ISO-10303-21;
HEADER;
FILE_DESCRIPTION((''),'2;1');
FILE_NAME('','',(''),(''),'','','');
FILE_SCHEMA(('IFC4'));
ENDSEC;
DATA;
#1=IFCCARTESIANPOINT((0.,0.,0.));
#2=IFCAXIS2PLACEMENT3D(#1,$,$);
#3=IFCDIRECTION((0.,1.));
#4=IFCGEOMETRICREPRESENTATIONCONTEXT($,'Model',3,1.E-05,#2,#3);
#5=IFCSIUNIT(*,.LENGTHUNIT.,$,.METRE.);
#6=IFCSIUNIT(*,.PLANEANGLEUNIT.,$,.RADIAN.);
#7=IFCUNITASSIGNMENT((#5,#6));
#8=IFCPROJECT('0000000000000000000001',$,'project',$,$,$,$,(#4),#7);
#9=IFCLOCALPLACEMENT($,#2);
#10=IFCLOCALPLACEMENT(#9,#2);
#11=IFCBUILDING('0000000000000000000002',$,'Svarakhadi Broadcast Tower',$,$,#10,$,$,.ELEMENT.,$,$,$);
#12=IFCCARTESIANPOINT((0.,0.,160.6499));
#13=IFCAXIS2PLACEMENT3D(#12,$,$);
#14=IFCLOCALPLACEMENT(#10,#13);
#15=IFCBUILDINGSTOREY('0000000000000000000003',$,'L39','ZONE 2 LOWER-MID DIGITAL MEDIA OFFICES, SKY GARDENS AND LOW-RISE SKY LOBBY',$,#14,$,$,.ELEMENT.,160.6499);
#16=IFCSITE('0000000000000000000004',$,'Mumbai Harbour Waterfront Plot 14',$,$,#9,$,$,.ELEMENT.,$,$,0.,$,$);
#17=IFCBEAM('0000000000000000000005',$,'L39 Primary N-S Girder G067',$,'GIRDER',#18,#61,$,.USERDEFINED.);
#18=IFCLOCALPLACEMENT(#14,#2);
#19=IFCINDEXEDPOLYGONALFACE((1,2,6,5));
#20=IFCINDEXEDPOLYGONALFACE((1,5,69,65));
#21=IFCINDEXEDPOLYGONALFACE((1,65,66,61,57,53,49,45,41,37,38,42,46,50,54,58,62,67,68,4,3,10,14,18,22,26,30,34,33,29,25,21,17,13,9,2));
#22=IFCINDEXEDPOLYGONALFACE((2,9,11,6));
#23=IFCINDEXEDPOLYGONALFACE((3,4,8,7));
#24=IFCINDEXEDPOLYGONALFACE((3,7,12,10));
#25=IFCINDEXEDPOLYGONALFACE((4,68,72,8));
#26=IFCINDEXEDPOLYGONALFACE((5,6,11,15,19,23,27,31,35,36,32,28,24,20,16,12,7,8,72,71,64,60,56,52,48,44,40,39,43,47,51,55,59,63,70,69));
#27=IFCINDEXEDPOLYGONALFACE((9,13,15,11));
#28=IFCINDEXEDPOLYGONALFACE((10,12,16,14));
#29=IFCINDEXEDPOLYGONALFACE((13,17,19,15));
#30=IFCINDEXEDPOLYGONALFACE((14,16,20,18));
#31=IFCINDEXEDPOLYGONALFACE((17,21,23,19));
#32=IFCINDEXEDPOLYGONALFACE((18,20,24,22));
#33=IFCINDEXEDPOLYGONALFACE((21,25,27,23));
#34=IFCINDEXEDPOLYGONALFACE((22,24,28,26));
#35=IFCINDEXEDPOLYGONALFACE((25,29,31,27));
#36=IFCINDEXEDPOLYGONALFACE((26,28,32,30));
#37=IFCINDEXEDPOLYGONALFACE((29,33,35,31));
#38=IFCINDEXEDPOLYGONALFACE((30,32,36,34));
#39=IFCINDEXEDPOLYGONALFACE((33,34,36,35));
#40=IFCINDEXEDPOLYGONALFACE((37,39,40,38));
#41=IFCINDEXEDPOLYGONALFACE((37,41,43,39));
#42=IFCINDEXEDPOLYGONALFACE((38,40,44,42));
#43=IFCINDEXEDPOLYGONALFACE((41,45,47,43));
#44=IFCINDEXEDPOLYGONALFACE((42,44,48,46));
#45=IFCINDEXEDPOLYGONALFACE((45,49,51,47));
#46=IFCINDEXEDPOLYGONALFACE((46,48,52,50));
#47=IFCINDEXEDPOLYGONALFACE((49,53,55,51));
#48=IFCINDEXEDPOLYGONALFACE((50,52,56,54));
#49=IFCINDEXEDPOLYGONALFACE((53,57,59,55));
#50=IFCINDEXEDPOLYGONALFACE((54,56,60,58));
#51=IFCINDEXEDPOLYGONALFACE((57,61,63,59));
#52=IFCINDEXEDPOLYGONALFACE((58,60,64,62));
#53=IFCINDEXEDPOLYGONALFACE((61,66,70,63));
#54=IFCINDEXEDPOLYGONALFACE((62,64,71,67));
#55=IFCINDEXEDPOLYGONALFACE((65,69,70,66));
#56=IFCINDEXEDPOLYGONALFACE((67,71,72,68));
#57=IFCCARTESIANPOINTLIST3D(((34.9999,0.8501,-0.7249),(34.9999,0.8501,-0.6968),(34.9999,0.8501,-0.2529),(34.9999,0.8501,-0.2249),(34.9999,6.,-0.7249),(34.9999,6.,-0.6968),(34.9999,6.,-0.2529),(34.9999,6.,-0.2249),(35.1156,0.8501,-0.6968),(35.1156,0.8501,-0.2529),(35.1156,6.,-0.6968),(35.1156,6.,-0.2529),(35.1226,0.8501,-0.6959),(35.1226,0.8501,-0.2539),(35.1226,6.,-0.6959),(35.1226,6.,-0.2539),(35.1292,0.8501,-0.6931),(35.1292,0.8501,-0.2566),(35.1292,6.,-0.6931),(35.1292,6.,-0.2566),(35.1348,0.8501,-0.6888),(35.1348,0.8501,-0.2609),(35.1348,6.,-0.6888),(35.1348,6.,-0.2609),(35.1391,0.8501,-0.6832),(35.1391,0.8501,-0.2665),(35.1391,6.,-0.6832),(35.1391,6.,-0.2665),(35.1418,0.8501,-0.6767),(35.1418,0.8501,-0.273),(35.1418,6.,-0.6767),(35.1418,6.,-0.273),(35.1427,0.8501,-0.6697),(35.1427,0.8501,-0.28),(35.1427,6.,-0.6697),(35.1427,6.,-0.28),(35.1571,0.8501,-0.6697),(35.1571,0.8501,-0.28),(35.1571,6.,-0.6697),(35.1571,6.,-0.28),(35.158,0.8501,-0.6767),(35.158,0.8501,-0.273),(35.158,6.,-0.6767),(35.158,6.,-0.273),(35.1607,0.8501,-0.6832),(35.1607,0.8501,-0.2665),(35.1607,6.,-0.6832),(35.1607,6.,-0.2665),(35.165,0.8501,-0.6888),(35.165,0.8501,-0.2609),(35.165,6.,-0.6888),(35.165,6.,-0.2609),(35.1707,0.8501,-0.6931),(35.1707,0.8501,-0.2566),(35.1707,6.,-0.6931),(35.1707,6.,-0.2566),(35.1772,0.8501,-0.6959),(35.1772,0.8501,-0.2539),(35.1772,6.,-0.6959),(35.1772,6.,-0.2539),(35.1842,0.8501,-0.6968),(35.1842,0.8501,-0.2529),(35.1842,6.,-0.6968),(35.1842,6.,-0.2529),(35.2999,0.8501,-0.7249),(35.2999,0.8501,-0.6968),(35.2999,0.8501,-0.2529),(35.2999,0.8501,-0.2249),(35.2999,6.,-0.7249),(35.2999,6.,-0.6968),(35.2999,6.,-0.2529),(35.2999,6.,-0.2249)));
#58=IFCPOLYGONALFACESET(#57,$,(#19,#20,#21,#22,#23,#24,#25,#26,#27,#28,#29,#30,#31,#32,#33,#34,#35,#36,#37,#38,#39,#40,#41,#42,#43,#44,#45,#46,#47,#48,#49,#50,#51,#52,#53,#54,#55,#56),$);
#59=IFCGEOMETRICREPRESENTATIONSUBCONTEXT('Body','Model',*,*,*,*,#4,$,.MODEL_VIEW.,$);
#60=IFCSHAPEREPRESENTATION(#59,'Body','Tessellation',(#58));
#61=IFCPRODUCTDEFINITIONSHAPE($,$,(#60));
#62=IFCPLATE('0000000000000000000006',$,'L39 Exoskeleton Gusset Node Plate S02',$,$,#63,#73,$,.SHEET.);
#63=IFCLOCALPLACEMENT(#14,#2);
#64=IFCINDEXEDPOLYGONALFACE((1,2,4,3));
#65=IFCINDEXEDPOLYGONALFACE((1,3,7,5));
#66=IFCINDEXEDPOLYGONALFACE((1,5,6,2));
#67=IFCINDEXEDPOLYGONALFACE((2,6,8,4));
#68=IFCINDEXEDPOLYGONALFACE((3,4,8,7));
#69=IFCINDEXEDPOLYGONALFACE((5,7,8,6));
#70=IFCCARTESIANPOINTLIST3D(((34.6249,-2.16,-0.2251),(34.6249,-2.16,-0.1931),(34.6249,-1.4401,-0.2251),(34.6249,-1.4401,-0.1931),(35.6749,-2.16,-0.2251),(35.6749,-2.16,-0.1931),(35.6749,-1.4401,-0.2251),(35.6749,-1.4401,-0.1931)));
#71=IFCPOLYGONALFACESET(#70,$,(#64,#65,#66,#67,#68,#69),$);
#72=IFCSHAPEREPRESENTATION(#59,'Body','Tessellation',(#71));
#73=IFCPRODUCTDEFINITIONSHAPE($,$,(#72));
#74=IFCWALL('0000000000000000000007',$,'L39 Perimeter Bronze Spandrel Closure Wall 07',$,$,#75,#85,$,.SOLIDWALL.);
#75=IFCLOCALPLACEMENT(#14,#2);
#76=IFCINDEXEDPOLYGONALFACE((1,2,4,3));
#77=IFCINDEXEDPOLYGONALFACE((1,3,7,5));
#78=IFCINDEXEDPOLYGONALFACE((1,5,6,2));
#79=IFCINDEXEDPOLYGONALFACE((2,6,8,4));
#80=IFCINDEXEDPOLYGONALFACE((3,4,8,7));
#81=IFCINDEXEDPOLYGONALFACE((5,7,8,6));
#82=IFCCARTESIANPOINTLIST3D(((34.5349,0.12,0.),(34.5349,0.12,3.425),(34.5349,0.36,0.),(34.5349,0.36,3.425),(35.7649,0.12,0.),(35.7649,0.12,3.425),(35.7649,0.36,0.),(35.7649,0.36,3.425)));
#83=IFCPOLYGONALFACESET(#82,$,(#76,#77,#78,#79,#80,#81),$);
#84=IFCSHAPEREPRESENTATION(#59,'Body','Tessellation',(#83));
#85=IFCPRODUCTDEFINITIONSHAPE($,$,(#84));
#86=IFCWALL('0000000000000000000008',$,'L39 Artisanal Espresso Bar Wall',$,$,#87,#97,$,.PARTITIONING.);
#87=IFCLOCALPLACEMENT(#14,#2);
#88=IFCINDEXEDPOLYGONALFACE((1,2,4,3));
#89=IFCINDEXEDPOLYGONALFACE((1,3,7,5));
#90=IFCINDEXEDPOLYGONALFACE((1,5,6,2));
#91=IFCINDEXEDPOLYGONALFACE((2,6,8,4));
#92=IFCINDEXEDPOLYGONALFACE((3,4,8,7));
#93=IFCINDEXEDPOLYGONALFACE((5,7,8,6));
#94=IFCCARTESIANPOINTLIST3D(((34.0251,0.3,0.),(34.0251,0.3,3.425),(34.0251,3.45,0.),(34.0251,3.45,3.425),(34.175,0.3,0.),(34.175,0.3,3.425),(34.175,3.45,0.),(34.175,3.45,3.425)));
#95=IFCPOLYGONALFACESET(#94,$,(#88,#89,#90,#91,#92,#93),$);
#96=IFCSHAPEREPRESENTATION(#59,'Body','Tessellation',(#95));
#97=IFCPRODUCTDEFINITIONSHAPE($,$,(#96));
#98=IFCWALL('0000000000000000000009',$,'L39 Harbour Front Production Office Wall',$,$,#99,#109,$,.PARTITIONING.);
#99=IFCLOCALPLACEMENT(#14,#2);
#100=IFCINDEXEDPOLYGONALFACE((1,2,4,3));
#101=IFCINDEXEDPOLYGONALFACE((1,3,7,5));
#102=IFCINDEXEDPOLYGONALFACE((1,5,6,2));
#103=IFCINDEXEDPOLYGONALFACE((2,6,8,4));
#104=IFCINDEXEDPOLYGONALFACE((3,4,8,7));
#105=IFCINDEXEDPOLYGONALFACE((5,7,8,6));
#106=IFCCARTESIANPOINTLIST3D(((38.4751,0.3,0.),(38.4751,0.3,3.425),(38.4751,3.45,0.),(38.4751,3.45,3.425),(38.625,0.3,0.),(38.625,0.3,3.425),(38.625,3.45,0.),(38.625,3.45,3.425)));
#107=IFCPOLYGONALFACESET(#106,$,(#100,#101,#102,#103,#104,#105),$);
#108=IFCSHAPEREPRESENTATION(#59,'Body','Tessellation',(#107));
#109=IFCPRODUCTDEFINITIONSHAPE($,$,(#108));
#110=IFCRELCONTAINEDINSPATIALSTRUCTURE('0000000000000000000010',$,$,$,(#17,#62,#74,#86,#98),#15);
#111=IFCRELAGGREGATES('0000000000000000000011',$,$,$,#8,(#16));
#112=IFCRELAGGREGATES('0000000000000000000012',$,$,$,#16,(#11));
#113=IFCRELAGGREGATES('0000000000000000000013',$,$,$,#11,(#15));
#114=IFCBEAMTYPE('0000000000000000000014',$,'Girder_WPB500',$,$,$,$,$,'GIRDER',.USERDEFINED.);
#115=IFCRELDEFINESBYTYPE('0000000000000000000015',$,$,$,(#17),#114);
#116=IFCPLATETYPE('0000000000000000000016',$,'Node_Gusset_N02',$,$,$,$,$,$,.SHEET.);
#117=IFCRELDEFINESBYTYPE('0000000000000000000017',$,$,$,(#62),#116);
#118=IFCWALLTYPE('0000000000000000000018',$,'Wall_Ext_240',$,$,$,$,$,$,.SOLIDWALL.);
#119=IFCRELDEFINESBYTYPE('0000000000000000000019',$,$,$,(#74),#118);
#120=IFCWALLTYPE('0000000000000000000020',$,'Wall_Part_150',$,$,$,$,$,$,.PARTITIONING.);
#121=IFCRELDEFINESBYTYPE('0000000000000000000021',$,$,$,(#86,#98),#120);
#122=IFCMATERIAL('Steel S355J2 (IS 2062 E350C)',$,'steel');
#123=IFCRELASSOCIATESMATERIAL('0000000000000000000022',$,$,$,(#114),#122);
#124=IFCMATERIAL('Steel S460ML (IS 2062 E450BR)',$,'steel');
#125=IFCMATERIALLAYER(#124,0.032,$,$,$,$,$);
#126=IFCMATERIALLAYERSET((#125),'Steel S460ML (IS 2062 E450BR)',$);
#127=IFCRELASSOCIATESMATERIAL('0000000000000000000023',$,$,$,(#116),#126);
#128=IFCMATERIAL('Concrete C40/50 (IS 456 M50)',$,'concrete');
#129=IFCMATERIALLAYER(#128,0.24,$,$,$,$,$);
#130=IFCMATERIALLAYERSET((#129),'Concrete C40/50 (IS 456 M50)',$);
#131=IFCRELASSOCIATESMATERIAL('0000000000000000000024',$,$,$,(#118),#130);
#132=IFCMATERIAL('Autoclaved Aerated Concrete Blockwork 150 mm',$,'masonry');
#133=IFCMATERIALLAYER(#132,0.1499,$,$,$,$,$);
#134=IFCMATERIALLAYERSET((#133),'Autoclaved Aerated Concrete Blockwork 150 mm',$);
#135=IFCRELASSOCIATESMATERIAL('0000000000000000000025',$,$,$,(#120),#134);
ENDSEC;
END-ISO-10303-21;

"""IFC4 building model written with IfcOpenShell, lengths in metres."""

from ifc_helpers import new_model, si_unit, direction, frame, frame_2d, origin, origin_2d, place, context, subcontext, project, spatial, rectangle, i_section, extrude, material, layer, layer_set, material_profile, profile_set, type_object, element, save


model = new_model("IFC4")

# Units and contexts
model_context = context("Model", 3, precision=1e-05, world=origin(), true_north=direction((0.0, 1.0)))
body_context = subcontext(model_context, "Body", "Model", "MODEL_VIEW")
ifc_project = project(units=[si_unit("LENGTHUNIT", "METRE"), si_unit("PLANEANGLEUNIT", "RADIAN")], contexts=[model_context])

# Site, building, storey
site_placement = place(None, origin())
site = spatial("IfcSite", under=ifc_project, at=site_placement, Name="Mumbai Harbour Waterfront Plot 14", CompositionType="ELEMENT", RefElevation=0.0)
building_placement = place(site_placement, origin())
building = spatial("IfcBuilding", under=site, at=building_placement, Name="Svarakhadi Broadcast Tower", CompositionType="ELEMENT")
storey_placement = place(building_placement, frame((0.0, 0.0, 160.6499)))
storey = spatial("IfcBuildingStorey", under=building, at=storey_placement, Name="L39", Description="ZONE 2 LOWER-MID DIGITAL MEDIA OFFICES, SKY GARDENS AND LOW-RISE SKY LOBBY", CompositionType="ELEMENT", Elevation=160.6499)

# Shared definitions
ifc_material_1 = material(Name="Steel S460ML (IS 2062 E450BR)", Category="steel")

# Beam
ifc_material_2 = material(Name="Steel S355J2 (IS 2062 E350C)", Category="steel")
ifc_material_profile_1 = material_profile(ifc_material_2, i_section(OverallWidth=0.3, OverallDepth=0.5, WebThickness=0.0144, FlangeThickness=0.0281, FilletRadius=0.0271, at=origin_2d()), Name="WPB 500x300x187")
ifc_profile_set_1 = profile_set([ifc_material_profile_1], Name="Steel S355J2 (IS 2062 E350C)")
beam_type = type_object("IfcBeamType", Name="Girder_WPB500", ElementType="GIRDER", PredefinedType="USERDEFINED", material=ifc_profile_set_1)
beam_1_placement = place(storey_placement, frame((35.1499, 0.8501, -0.4749), z_axis=(0.0, 1.0, 0.0), x_axis=(-1.0, 0.0, 0.0)))
element("IfcBeam", 1, at=beam_1_placement, inside=storey, type_object=beam_type, Name="L39 Primary N-S Girder G067", ObjectType="GIRDER", PredefinedType="USERDEFINED", context=body_context, shape_type="SweptSolid", body=[
    extrude(i_section(OverallWidth=0.3, OverallDepth=0.5, WebThickness=0.0144, FlangeThickness=0.0281, FilletRadius=0.0271, at=origin_2d()), origin(), (0.0, 0.0, 1.0), 5.1499),
])

# Plate
ifc_layer_1 = layer(ifc_material_1, 0.032)
ifc_layer_set_1 = layer_set([ifc_layer_1], Name="Steel S460ML (IS 2062 E450BR)")
plate_type = type_object("IfcPlateType", Name="Node_Gusset_N02", PredefinedType="SHEET", material=ifc_layer_set_1)
plate_placement = place(storey_placement, frame((35.1499, -1.8, -0.2251), z_axis=(0.0, 0.0, 1.0), x_axis=(1.0, 0.0, 0.0)))
element("IfcPlate", 2, at=plate_placement, inside=storey, type_object=plate_type, Name="L39 Exoskeleton Gusset Node Plate S02", PredefinedType="SHEET", context=body_context, shape_type="SweptSolid", body=[
    extrude(rectangle(XDim=1.05, YDim=0.72, at=origin_2d()), origin(), (0.0, 0.0, 1.0), 0.032),
])

# Walls
ifc_material_3 = material(Name="Concrete C40/50 (IS 456 M50)", Category="concrete")
ifc_layer_2 = layer(ifc_material_3, 0.24)
ifc_layer_set_2 = layer_set([ifc_layer_2], Name="Concrete C40/50 (IS 456 M50)")
wall_type_1 = type_object("IfcWallType", Name="Wall_Ext_240", PredefinedType="SOLIDWALL", material=ifc_layer_set_2)
wall_placement = place(storey_placement, frame((35.7649, 0.24, 0.0), z_axis=(0.0, 0.0, 1.0), x_axis=(-1.0, 0.0, 0.0)))
element("IfcWall", 3, at=wall_placement, inside=storey, type_object=wall_type_1, Name="L39 Perimeter Bronze Spandrel Closure Wall 07", PredefinedType="SOLIDWALL", context=body_context, shape_type="SweptSolid", body=[
    extrude(rectangle(XDim=1.23, YDim=0.24, at=frame_2d((0.615, 0.0))), origin(), (0.0, 0.0, 1.0), 3.425),
])
ifc_material_4 = material(Name="Autoclaved Aerated Concrete Blockwork 150 mm", Category="masonry")
ifc_layer_3 = layer(ifc_material_4, 0.1499)
ifc_layer_set_3 = layer_set([ifc_layer_3], Name="Autoclaved Aerated Concrete Blockwork 150 mm")
wall_type_2 = type_object("IfcWallType", Name="Wall_Part_150", PredefinedType="PARTITIONING", material=ifc_layer_set_3)
for number, where, z_axis, x_axis, name in (
    (4, (34.1001, 0.3, 0.0), (0.0, 0.0, 1.0), (0.0, 1.0, 0.0), "L39 Artisanal Espresso Bar Wall"),
    (5, (38.55, 0.3, 0.0), (0.0, 0.0, 1.0), (0.0, 1.0, 0.0), "L39 Harbour Front Production Office Wall"),
):
    element("IfcWall", number, at=place(storey_placement, frame(where, z_axis=z_axis, x_axis=x_axis)), inside=storey, type_object=wall_type_2, Name=name, PredefinedType="PARTITIONING", context=body_context, shape_type="SweptSolid", body=[
        extrude(rectangle(XDim=3.1499, YDim=0.1499, at=frame_2d((1.575, 0.0))), origin(), (0.0, 0.0, 1.0), 3.425),
    ])

save(model, "model.ifc")
